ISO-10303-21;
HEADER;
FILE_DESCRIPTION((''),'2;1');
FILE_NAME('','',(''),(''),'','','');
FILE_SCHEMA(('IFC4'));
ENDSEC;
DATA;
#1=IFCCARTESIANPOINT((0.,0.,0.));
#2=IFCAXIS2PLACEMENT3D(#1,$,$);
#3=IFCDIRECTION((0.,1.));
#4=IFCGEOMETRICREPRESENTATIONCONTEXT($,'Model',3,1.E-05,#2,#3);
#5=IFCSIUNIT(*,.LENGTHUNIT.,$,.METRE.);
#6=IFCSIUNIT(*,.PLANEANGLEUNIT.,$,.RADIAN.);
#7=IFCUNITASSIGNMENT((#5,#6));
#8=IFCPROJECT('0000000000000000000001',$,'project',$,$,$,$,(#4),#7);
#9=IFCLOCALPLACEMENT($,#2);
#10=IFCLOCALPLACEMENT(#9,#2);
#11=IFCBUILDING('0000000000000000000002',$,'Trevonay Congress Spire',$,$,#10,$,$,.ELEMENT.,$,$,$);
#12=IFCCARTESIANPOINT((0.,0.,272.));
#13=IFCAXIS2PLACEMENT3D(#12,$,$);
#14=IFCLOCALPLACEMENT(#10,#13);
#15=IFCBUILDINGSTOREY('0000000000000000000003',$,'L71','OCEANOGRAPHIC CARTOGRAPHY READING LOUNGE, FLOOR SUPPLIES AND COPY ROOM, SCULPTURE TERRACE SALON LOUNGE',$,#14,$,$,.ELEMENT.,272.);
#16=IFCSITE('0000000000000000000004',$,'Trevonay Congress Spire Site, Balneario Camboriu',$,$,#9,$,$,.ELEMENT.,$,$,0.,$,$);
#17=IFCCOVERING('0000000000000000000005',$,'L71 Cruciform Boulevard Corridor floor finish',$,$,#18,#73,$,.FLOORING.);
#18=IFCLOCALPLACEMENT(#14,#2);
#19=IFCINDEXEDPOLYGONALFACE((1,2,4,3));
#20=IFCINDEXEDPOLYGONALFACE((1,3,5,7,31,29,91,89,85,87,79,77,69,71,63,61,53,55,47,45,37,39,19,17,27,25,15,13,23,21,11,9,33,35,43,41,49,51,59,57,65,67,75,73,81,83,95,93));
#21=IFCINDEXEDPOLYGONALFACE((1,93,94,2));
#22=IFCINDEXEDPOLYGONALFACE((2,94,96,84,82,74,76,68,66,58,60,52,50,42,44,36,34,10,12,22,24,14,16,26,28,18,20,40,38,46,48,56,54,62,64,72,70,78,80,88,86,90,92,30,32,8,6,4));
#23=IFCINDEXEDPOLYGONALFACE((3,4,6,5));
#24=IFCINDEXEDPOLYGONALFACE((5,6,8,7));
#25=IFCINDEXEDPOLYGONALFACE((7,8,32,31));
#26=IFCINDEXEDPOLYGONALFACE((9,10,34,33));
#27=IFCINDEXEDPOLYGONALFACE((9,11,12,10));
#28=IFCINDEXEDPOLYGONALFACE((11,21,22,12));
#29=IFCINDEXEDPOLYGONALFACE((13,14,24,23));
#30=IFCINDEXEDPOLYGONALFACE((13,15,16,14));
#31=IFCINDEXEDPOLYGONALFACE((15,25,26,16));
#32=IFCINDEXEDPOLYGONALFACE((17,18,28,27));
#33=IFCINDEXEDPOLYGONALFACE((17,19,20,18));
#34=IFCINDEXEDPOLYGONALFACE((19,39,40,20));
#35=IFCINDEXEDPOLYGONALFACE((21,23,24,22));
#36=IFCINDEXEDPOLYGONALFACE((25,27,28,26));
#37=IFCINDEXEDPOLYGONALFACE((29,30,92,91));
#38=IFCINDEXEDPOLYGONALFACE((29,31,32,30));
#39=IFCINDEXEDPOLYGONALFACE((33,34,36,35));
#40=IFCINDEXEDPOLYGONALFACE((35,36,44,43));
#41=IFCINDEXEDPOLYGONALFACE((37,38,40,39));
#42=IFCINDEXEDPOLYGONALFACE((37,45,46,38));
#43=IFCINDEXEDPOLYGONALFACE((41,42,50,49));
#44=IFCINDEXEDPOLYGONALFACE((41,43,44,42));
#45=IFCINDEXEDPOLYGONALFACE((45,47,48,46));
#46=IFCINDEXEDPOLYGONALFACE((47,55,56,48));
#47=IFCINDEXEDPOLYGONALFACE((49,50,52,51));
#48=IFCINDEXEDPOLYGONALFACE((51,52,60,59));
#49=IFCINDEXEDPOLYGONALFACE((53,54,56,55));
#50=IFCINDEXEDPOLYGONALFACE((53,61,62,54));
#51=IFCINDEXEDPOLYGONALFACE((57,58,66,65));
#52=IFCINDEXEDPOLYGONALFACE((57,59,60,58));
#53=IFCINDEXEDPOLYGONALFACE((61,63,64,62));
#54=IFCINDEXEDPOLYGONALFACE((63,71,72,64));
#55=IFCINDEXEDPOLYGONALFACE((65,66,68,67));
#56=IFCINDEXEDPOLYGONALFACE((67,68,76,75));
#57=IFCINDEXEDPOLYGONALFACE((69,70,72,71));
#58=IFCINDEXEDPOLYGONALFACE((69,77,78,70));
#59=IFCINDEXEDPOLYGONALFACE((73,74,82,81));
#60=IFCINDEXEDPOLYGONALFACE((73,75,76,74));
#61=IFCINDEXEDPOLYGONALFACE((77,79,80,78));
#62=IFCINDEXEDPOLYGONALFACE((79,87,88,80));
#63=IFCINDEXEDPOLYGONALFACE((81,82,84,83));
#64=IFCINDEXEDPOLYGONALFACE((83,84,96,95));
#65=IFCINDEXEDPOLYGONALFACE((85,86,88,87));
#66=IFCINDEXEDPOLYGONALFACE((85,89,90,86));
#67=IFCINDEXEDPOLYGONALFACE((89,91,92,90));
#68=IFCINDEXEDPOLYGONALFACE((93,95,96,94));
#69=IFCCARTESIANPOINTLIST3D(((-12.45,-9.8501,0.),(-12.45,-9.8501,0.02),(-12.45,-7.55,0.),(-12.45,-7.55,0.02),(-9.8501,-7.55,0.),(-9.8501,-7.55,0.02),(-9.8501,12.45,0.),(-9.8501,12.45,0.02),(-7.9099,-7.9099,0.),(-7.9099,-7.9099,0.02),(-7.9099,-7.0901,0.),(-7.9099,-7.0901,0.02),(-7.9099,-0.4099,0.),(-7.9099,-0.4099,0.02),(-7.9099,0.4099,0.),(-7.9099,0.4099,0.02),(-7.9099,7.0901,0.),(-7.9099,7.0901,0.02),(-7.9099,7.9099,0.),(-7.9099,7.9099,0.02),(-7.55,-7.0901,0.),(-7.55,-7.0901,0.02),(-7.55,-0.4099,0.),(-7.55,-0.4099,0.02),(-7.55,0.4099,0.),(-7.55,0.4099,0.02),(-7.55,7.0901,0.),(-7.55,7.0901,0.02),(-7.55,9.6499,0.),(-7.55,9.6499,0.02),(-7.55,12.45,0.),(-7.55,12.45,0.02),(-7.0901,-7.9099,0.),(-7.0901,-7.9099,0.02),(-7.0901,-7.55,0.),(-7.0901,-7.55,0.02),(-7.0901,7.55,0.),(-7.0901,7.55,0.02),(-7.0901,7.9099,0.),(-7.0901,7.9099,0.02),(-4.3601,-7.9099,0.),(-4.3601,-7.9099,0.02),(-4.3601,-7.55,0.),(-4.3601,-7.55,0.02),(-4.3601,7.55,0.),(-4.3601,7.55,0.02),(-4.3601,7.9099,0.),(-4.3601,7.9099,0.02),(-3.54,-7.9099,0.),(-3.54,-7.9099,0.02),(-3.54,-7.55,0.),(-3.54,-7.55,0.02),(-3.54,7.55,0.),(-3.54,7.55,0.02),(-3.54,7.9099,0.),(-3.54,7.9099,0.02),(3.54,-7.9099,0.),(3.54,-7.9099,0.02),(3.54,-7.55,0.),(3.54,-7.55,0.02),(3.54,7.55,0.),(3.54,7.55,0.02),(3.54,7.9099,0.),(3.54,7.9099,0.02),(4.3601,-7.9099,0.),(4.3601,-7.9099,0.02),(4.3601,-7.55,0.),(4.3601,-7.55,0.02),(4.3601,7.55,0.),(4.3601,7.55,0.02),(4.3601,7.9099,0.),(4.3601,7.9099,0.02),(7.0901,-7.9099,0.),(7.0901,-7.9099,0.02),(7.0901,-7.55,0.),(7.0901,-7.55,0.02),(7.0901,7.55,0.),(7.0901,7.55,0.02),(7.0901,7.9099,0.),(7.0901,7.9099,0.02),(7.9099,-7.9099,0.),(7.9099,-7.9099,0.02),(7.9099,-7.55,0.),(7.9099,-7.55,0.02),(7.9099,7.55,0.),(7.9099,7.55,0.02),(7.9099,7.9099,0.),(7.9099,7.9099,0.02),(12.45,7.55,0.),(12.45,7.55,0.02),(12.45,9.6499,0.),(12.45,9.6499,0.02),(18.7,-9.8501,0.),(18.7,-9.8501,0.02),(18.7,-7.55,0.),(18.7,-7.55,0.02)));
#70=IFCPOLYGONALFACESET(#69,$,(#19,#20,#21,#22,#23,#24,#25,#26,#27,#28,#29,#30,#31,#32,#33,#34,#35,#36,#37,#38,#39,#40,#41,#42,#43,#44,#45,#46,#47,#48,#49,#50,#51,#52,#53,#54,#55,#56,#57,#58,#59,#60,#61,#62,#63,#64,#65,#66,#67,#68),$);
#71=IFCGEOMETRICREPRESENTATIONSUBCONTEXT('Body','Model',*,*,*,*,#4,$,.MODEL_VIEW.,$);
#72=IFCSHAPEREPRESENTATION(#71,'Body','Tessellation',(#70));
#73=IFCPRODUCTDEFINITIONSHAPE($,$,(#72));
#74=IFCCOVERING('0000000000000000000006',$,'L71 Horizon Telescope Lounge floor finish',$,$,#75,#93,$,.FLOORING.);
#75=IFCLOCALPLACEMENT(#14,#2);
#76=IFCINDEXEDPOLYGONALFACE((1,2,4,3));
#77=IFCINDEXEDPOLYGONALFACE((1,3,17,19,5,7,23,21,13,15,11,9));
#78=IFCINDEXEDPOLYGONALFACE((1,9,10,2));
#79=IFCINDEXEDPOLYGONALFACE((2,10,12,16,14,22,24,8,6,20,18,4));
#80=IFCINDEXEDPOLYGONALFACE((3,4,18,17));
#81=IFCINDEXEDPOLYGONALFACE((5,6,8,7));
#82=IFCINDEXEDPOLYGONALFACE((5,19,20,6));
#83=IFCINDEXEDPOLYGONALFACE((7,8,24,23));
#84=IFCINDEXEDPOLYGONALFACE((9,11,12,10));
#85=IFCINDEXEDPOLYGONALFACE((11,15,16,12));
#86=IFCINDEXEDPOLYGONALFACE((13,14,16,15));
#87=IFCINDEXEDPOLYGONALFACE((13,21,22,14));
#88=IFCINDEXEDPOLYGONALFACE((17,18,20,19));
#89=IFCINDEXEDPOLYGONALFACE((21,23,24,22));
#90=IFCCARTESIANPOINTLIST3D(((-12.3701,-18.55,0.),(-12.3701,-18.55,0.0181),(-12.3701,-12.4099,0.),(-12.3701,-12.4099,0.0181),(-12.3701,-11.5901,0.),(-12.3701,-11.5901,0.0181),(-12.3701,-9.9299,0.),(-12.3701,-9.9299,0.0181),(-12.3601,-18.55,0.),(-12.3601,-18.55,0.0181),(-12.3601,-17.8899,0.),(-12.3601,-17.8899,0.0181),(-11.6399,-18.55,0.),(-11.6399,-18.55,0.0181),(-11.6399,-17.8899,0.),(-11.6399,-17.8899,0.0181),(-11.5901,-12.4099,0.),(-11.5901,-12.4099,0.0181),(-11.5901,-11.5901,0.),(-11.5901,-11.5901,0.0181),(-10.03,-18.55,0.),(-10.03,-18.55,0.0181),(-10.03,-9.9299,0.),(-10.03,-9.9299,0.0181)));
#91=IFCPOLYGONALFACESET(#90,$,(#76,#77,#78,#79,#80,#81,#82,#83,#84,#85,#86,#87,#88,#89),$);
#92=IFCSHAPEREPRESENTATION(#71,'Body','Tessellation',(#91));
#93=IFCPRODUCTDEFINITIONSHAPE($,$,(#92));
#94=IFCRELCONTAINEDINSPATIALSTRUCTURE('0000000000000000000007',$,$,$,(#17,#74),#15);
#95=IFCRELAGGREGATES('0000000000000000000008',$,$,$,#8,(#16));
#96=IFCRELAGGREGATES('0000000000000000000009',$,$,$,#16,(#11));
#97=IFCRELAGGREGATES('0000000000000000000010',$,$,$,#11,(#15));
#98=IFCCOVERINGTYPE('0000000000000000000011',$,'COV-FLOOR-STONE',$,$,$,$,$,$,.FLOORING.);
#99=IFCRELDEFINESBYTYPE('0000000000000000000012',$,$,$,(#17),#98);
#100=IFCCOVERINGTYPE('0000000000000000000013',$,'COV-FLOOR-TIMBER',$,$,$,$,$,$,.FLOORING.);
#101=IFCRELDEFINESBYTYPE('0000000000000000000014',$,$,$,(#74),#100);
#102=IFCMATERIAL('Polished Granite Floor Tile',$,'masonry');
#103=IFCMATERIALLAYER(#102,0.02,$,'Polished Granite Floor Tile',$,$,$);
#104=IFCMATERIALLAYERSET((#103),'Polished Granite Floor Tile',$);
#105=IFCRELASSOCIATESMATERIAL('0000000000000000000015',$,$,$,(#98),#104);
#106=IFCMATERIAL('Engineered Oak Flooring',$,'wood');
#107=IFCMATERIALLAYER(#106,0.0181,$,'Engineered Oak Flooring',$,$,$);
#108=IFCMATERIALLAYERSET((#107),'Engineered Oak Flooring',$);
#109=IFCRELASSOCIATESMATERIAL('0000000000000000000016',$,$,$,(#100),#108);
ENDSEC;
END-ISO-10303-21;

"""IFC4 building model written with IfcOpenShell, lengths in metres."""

from ifc_helpers import new_model, si_unit, direction, frame, origin, place, context, subcontext, project, spatial, polyline, outline, extrude, material, layer, layer_set, type_object, element, save


model = new_model("IFC4")

# Units and contexts
model_context = context("Model", 3, precision=1e-05, world=origin(), true_north=direction((0.0, 1.0)))
body_context = subcontext(model_context, "Body", "Model", "MODEL_VIEW")
ifc_project = project(units=[si_unit("LENGTHUNIT", "METRE"), si_unit("PLANEANGLEUNIT", "RADIAN")], contexts=[model_context])

# Site, building, storey
site_placement = place(None, origin())
site = spatial("IfcSite", under=ifc_project, at=site_placement, Name="Trevonay Congress Spire Site, Balneario Camboriu", CompositionType="ELEMENT", RefElevation=0.0)
building_placement = place(site_placement, origin())
building = spatial("IfcBuilding", under=site, at=building_placement, Name="Trevonay Congress Spire", CompositionType="ELEMENT")
storey_placement = place(building_placement, frame((0.0, 0.0, 272.0)))
storey = spatial("IfcBuildingStorey", under=building, at=storey_placement, Name="L71", Description="OCEANOGRAPHIC CARTOGRAPHY READING LOUNGE, FLOOR SUPPLIES AND COPY ROOM, SCULPTURE TERRACE SALON LOUNGE", CompositionType="ELEMENT", Elevation=272.0)

# Coverings
ifc_material_1 = material(Name="Polished Granite Floor Tile", Category="masonry")
ifc_layer_1 = layer(ifc_material_1, 0.02, Name="Polished Granite Floor Tile")
ifc_layer_set_1 = layer_set([ifc_layer_1], Name="Polished Granite Floor Tile")
covering_type_1 = type_object("IfcCoveringType", Name="COV-FLOOR-STONE", PredefinedType="FLOORING", material=ifc_layer_set_1)
covering_1_placement = place(storey_placement, origin())
element("IfcCovering", 1, at=covering_1_placement, inside=storey, type_object=covering_type_1, Name="L71 Cruciform Boulevard Corridor floor finish", PredefinedType="FLOORING", context=body_context, shape_type="SweptSolid", body=[
    extrude(outline(polyline([(18.7, -7.55), (18.7, -9.8501), (-12.45, -9.8501), (-12.45, -7.55), (-9.8501, -7.55), (-9.8501, 12.45), (-7.55, 12.45), (-7.55, 9.6499), (12.45, 9.6499), (12.45, 7.55), (7.9099, 7.55), (7.9099, 7.9099), (7.0901, 7.9099), (7.0901, 7.55), (4.3601, 7.55), (4.3601, 7.9099), (3.54, 7.9099), (3.54, 7.55), (-3.54, 7.55), (-3.54, 7.9099), (-4.3601, 7.9099), (-4.3601, 7.55), (-7.0901, 7.55), (-7.0901, 7.9099), (-7.9099, 7.9099), (-7.9099, 7.0901), (-7.55, 7.0901), (-7.55, 0.4099), (-7.9099, 0.4099), (-7.9099, -0.4099), (-7.55, -0.4099), (-7.55, -7.0901), (-7.9099, -7.0901), (-7.9099, -7.9099), (-7.0901, -7.9099), (-7.0901, -7.55), (-4.3601, -7.55), (-4.3601, -7.9099), (-3.54, -7.9099), (-3.54, -7.55), (3.54, -7.55), (3.54, -7.9099), (4.3601, -7.9099), (4.3601, -7.55), (7.0901, -7.55), (7.0901, -7.9099), (7.9099, -7.9099), (7.9099, -7.55), (18.7, -7.55)])), origin(), (0.0, 0.0, 1.0), 0.02),
])
ifc_material_2 = material(Name="Engineered Oak Flooring", Category="wood")
ifc_layer_2 = layer(ifc_material_2, 0.0181, Name="Engineered Oak Flooring")
ifc_layer_set_2 = layer_set([ifc_layer_2], Name="Engineered Oak Flooring")
covering_type_2 = type_object("IfcCoveringType", Name="COV-FLOOR-TIMBER", PredefinedType="FLOORING", material=ifc_layer_set_2)
covering_2_placement = place(storey_placement, origin())
element("IfcCovering", 2, at=covering_2_placement, inside=storey, type_object=covering_type_2, Name="L71 Horizon Telescope Lounge floor finish", PredefinedType="FLOORING", context=body_context, shape_type="SweptSolid", body=[
    extrude(outline(polyline([(-12.3701, -18.55), (-12.3701, -12.4099), (-11.5901, -12.4099), (-11.5901, -11.5901), (-12.3701, -11.5901), (-12.3701, -9.9299), (-10.03, -9.9299), (-10.03, -18.55), (-11.6399, -18.55), (-11.6399, -17.8899), (-12.3601, -17.8899), (-12.3601, -18.55), (-12.3701, -18.55)])), origin(), (0.0, 0.0, 1.0), 0.0181),
])

save(model, "model.ifc")
